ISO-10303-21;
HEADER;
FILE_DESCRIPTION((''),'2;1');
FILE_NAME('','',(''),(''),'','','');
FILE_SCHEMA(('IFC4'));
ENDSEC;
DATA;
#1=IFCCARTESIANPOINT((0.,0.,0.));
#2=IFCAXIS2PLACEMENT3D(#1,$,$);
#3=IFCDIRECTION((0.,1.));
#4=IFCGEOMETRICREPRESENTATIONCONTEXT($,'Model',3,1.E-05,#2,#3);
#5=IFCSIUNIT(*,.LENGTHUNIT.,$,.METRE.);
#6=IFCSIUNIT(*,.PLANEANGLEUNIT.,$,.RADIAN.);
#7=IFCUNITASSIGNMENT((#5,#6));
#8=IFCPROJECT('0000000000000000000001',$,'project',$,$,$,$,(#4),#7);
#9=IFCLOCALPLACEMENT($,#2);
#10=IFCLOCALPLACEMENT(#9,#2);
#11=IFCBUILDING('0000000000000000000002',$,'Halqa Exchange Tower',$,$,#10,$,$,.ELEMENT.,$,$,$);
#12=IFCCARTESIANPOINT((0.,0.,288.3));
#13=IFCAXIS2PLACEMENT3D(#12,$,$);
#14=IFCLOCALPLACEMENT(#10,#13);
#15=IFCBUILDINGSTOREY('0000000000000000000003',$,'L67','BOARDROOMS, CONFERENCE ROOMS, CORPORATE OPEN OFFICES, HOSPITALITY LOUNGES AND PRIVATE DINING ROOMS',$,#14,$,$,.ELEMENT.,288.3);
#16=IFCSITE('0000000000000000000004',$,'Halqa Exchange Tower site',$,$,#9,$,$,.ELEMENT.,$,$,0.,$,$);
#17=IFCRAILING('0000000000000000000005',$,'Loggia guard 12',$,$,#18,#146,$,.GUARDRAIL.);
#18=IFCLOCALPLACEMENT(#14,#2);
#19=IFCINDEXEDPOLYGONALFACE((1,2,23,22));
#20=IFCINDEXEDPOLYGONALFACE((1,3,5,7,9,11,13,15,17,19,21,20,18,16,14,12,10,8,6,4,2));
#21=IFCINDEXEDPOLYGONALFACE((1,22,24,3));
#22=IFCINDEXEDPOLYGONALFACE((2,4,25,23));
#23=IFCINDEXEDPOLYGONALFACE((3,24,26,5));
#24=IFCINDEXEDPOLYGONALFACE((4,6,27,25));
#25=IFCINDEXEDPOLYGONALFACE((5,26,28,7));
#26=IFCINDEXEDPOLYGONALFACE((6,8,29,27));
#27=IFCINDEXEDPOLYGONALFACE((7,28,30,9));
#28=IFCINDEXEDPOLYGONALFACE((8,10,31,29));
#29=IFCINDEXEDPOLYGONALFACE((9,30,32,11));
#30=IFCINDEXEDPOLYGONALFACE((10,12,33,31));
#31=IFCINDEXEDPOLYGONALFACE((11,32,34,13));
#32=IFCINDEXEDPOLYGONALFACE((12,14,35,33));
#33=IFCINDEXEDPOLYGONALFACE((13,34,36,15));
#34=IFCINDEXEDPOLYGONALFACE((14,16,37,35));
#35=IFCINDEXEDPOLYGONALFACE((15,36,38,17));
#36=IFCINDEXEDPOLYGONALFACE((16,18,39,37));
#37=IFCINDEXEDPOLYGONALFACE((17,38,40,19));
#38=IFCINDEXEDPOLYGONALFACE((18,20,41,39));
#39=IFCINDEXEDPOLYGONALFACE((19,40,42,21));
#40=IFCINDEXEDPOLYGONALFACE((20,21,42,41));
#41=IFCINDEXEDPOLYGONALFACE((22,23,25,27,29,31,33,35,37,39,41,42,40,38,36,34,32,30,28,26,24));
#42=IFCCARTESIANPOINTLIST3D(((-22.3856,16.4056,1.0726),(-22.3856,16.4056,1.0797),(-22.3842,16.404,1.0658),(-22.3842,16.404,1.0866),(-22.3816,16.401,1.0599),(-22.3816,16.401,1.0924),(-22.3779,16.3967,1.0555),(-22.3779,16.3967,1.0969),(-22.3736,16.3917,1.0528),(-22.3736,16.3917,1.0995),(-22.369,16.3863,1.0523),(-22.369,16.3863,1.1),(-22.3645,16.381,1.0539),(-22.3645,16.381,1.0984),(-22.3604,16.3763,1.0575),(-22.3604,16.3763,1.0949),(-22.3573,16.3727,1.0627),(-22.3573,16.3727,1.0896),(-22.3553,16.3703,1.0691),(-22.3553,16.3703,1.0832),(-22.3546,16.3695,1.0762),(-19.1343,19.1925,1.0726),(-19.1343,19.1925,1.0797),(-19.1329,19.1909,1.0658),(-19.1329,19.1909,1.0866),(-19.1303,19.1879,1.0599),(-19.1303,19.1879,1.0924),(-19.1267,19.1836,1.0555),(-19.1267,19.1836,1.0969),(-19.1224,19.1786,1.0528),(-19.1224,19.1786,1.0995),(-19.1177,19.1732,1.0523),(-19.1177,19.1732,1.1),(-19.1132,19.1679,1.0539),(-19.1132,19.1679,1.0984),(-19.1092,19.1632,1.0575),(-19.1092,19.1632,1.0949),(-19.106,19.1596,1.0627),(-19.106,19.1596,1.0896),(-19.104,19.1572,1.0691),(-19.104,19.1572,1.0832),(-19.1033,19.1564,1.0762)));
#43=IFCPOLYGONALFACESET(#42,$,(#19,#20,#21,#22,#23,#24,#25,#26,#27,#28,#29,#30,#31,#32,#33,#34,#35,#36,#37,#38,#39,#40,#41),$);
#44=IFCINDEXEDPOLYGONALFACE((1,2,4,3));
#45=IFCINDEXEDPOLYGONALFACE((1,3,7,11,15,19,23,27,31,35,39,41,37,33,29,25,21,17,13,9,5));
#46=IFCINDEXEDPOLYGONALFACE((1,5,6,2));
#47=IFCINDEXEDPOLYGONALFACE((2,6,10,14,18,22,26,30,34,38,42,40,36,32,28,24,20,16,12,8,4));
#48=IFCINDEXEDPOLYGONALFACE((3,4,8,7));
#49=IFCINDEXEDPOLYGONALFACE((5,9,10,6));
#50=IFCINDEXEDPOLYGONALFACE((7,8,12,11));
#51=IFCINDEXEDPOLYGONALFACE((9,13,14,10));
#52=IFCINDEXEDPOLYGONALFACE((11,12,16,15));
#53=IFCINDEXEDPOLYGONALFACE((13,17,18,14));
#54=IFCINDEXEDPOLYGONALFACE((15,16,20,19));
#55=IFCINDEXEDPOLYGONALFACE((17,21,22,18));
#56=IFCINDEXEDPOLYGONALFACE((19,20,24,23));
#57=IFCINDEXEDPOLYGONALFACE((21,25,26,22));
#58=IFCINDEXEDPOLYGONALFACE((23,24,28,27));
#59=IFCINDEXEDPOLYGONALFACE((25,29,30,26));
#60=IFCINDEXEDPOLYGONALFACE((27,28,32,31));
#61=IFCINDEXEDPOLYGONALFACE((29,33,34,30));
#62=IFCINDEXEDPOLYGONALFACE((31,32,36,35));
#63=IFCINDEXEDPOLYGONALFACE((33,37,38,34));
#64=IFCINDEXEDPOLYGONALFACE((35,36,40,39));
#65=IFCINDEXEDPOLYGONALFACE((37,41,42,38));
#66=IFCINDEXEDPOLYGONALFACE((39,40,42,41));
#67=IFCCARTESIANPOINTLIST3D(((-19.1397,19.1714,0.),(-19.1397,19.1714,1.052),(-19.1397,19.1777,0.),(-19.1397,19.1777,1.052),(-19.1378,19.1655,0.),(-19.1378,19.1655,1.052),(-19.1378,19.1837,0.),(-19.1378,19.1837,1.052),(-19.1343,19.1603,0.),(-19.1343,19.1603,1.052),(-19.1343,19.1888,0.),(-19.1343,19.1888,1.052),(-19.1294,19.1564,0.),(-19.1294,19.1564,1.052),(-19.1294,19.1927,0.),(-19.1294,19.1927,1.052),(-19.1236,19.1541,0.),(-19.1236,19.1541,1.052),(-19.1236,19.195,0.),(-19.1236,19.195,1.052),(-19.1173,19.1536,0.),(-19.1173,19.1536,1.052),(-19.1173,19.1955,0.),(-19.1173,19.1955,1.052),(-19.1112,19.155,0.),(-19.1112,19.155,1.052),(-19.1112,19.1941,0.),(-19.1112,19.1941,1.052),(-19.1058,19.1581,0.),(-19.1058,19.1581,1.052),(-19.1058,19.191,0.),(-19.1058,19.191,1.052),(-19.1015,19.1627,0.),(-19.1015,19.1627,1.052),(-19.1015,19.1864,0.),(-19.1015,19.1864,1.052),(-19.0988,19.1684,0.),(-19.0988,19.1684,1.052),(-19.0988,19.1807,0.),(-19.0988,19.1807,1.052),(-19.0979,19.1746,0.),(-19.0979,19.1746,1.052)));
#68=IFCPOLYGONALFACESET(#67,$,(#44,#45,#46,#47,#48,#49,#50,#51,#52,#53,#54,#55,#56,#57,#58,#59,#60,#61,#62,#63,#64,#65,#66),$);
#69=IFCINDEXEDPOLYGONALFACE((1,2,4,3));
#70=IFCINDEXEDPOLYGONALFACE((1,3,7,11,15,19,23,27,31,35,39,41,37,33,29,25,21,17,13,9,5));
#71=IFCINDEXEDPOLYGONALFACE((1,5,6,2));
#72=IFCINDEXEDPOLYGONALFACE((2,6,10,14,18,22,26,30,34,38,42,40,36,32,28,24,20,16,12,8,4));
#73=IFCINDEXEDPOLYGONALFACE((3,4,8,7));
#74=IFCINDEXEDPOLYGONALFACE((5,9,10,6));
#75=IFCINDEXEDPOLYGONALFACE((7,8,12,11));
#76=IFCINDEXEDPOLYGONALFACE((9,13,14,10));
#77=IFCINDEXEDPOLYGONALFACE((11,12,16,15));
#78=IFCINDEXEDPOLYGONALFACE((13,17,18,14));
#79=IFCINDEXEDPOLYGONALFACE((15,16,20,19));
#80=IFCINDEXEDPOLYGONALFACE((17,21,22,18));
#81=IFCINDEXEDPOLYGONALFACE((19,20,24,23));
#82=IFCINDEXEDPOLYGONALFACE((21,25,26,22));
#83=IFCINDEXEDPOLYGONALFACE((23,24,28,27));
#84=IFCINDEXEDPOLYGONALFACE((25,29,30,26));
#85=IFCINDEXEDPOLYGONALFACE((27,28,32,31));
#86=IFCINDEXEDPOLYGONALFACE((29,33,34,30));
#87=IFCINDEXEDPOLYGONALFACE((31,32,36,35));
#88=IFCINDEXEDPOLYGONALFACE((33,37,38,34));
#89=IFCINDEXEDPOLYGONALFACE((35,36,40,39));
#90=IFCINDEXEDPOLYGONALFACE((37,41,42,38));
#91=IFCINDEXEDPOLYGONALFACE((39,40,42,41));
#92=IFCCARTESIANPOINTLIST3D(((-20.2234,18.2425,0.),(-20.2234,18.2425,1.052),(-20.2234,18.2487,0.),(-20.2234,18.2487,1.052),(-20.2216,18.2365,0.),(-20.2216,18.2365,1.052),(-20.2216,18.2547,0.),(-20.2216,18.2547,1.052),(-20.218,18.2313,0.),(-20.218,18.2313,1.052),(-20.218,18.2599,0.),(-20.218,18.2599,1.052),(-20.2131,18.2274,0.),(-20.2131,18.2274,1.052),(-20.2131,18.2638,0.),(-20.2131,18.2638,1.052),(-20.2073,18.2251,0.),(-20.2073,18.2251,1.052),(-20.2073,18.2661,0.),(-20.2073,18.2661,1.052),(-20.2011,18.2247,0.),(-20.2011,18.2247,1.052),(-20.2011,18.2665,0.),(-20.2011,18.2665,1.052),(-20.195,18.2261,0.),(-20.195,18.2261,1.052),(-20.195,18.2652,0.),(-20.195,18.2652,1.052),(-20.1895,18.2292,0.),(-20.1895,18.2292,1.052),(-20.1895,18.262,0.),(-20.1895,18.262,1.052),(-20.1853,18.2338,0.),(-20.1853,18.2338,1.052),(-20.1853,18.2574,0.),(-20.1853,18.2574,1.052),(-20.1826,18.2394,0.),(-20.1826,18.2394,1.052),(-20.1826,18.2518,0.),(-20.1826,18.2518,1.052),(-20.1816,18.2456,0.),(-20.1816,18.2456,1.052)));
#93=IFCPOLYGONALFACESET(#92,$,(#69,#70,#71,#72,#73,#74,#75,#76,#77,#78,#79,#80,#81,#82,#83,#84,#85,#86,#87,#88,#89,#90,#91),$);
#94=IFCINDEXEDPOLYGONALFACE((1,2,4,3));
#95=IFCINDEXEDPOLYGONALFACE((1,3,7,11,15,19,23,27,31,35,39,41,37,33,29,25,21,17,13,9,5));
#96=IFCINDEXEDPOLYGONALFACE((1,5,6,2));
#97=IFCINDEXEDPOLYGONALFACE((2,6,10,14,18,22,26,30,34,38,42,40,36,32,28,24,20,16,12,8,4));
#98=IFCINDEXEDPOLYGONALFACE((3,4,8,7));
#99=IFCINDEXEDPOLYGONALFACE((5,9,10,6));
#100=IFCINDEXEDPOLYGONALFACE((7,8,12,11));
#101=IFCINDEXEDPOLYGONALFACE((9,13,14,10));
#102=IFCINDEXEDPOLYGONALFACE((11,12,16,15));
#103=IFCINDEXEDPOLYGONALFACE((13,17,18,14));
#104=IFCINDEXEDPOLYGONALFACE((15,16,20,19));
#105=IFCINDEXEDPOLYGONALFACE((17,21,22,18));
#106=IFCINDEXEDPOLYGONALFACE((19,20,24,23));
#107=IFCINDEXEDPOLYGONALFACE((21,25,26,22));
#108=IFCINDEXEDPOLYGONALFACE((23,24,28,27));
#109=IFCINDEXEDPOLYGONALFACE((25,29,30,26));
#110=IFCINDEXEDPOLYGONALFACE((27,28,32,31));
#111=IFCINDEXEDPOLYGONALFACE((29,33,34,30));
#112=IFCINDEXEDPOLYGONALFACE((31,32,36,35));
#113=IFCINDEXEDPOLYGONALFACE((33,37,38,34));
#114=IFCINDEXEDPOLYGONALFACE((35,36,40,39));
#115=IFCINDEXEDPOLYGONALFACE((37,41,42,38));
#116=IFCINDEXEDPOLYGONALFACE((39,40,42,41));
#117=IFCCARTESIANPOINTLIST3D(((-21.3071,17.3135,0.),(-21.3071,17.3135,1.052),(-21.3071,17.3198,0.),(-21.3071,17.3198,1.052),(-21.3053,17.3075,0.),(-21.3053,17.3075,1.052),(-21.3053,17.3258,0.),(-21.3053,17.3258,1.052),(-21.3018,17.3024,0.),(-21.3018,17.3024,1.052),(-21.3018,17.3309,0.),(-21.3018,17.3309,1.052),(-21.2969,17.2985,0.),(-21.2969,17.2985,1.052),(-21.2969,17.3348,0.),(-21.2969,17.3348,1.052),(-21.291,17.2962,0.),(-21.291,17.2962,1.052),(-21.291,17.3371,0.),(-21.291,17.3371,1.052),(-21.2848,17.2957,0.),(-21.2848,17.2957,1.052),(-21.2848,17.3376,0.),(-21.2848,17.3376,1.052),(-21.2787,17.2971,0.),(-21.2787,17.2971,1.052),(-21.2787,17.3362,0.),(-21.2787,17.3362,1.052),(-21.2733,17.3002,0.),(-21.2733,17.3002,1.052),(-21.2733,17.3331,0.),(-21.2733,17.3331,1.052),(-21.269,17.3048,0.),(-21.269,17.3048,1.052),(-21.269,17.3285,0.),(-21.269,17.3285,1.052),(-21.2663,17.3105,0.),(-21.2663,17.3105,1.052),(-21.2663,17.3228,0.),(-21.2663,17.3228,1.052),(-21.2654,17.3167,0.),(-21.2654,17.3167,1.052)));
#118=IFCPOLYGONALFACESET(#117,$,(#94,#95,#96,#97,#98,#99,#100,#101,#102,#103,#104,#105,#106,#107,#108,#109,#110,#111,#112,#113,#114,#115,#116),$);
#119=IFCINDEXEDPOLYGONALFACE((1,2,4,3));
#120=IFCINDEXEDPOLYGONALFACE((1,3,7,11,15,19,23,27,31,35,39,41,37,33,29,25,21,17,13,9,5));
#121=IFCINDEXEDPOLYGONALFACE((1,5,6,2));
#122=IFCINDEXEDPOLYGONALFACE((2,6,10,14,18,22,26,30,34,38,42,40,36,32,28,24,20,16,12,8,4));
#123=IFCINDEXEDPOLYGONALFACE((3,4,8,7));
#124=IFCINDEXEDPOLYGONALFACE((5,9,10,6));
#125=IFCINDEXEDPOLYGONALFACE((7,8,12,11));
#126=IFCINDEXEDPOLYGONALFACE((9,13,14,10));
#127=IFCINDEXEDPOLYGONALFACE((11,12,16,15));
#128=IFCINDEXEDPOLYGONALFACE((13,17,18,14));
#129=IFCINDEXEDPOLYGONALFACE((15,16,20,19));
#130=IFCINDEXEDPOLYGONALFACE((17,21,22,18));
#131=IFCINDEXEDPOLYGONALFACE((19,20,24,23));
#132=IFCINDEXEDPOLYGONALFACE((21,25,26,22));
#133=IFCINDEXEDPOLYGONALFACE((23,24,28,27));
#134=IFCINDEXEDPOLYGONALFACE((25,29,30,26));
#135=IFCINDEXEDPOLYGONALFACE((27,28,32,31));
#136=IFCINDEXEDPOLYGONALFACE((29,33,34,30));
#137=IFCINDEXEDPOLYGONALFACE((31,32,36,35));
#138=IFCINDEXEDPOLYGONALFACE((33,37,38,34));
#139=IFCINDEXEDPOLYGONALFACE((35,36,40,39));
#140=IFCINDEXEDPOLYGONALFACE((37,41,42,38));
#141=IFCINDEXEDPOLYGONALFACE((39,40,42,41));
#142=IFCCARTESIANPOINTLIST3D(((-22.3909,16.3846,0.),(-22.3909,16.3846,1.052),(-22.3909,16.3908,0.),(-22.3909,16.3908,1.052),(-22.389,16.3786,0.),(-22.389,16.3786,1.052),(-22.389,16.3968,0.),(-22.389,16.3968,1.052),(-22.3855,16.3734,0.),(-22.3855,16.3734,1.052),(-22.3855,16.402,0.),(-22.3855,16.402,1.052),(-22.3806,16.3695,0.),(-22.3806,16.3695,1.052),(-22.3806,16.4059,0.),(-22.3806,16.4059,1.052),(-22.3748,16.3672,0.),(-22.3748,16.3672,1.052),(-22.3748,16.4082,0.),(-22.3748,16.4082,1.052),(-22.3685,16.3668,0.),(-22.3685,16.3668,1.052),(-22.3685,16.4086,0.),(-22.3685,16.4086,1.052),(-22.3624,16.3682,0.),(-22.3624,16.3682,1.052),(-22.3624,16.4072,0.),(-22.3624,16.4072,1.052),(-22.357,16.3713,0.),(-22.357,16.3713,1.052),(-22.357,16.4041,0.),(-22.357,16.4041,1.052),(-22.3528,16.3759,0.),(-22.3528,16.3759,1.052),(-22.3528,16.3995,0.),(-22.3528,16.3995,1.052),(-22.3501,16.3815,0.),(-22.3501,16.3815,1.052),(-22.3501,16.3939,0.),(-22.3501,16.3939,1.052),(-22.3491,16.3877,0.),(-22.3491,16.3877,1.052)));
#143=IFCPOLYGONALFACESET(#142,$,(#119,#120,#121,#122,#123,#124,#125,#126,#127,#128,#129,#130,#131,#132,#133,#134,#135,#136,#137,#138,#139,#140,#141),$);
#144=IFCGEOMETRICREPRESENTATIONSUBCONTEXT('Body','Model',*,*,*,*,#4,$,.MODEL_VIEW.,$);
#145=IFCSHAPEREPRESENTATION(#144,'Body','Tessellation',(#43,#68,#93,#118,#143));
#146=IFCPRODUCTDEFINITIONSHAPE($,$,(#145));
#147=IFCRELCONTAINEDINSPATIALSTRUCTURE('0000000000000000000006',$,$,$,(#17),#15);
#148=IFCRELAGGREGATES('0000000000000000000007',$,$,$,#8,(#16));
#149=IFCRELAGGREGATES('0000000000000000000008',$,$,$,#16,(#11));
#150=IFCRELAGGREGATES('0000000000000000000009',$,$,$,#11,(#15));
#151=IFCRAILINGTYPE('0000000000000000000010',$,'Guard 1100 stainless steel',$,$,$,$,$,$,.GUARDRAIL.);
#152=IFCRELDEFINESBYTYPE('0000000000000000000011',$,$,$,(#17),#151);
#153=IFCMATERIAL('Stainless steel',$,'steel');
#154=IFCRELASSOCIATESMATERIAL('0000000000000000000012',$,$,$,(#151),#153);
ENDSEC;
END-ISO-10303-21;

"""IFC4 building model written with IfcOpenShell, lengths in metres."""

from ifc_helpers import new_model, si_unit, direction, frame, origin, origin_2d, place, context, subcontext, project, spatial, circle, extrude, material, type_object, element, save


model = new_model("IFC4")

# Units and contexts
model_context = context("Model", 3, precision=1e-05, world=origin(), true_north=direction((0.0, 1.0)))
body_context = subcontext(model_context, "Body", "Model", "MODEL_VIEW")
ifc_project = project(units=[si_unit("LENGTHUNIT", "METRE"), si_unit("PLANEANGLEUNIT", "RADIAN")], contexts=[model_context])

# Site, building, storey
site_placement = place(None, origin())
site = spatial("IfcSite", under=ifc_project, at=site_placement, Name="Halqa Exchange Tower site", CompositionType="ELEMENT", RefElevation=0.0)
building_placement = place(site_placement, origin())
building = spatial("IfcBuilding", under=site, at=building_placement, Name="Halqa Exchange Tower", CompositionType="ELEMENT")
storey_placement = place(building_placement, frame((0.0, 0.0, 288.3)))
storey = spatial("IfcBuildingStorey", under=building, at=storey_placement, Name="L67", Description="BOARDROOMS, CONFERENCE ROOMS, CORPORATE OPEN OFFICES, HOSPITALITY LOUNGES AND PRIVATE DINING ROOMS", CompositionType="ELEMENT", Elevation=288.3)

# Railing
ifc_material_1 = material(Name="Stainless steel", Category="steel")
railing_type = type_object("IfcRailingType", Name="Guard 1100 stainless steel", PredefinedType="GUARDRAIL", material=ifc_material_1)
railing_1_placement = place(storey_placement, frame((-19.1189, 19.1746, 0.0)))
element("IfcRailing", 1, at=railing_1_placement, inside=storey, type_object=railing_type, Name="Loggia guard 12", PredefinedType="GUARDRAIL", context=body_context, shape_type="SweptSolid", body=[
    extrude(circle(Radius=0.0239, at=origin_2d()), frame((0.0, 0.0, 1.0762), z_axis=(-0.759245, -0.650805, 0.0), x_axis=(0.650805, -0.759245, 0.0)), (0.0, 0.0, 1.0), 4.2822),
    extrude(circle(Radius=0.021, at=origin_2d()), origin(), (0.0, 0.0, 1.0), 1.052),
    extrude(circle(Radius=0.021, at=origin_2d()), frame((-1.0837, -0.929, 0.0)), (0.0, 0.0, 1.0), 1.052),
    extrude(circle(Radius=0.021, at=origin_2d()), frame((-2.1675, -1.8579, 0.0)), (0.0, 0.0, 1.0), 1.052),
    extrude(circle(Radius=0.021, at=origin_2d()), frame((-3.2512, -2.7869, 0.0)), (0.0, 0.0, 1.0), 1.052),
])

save(model, "model.ifc")
